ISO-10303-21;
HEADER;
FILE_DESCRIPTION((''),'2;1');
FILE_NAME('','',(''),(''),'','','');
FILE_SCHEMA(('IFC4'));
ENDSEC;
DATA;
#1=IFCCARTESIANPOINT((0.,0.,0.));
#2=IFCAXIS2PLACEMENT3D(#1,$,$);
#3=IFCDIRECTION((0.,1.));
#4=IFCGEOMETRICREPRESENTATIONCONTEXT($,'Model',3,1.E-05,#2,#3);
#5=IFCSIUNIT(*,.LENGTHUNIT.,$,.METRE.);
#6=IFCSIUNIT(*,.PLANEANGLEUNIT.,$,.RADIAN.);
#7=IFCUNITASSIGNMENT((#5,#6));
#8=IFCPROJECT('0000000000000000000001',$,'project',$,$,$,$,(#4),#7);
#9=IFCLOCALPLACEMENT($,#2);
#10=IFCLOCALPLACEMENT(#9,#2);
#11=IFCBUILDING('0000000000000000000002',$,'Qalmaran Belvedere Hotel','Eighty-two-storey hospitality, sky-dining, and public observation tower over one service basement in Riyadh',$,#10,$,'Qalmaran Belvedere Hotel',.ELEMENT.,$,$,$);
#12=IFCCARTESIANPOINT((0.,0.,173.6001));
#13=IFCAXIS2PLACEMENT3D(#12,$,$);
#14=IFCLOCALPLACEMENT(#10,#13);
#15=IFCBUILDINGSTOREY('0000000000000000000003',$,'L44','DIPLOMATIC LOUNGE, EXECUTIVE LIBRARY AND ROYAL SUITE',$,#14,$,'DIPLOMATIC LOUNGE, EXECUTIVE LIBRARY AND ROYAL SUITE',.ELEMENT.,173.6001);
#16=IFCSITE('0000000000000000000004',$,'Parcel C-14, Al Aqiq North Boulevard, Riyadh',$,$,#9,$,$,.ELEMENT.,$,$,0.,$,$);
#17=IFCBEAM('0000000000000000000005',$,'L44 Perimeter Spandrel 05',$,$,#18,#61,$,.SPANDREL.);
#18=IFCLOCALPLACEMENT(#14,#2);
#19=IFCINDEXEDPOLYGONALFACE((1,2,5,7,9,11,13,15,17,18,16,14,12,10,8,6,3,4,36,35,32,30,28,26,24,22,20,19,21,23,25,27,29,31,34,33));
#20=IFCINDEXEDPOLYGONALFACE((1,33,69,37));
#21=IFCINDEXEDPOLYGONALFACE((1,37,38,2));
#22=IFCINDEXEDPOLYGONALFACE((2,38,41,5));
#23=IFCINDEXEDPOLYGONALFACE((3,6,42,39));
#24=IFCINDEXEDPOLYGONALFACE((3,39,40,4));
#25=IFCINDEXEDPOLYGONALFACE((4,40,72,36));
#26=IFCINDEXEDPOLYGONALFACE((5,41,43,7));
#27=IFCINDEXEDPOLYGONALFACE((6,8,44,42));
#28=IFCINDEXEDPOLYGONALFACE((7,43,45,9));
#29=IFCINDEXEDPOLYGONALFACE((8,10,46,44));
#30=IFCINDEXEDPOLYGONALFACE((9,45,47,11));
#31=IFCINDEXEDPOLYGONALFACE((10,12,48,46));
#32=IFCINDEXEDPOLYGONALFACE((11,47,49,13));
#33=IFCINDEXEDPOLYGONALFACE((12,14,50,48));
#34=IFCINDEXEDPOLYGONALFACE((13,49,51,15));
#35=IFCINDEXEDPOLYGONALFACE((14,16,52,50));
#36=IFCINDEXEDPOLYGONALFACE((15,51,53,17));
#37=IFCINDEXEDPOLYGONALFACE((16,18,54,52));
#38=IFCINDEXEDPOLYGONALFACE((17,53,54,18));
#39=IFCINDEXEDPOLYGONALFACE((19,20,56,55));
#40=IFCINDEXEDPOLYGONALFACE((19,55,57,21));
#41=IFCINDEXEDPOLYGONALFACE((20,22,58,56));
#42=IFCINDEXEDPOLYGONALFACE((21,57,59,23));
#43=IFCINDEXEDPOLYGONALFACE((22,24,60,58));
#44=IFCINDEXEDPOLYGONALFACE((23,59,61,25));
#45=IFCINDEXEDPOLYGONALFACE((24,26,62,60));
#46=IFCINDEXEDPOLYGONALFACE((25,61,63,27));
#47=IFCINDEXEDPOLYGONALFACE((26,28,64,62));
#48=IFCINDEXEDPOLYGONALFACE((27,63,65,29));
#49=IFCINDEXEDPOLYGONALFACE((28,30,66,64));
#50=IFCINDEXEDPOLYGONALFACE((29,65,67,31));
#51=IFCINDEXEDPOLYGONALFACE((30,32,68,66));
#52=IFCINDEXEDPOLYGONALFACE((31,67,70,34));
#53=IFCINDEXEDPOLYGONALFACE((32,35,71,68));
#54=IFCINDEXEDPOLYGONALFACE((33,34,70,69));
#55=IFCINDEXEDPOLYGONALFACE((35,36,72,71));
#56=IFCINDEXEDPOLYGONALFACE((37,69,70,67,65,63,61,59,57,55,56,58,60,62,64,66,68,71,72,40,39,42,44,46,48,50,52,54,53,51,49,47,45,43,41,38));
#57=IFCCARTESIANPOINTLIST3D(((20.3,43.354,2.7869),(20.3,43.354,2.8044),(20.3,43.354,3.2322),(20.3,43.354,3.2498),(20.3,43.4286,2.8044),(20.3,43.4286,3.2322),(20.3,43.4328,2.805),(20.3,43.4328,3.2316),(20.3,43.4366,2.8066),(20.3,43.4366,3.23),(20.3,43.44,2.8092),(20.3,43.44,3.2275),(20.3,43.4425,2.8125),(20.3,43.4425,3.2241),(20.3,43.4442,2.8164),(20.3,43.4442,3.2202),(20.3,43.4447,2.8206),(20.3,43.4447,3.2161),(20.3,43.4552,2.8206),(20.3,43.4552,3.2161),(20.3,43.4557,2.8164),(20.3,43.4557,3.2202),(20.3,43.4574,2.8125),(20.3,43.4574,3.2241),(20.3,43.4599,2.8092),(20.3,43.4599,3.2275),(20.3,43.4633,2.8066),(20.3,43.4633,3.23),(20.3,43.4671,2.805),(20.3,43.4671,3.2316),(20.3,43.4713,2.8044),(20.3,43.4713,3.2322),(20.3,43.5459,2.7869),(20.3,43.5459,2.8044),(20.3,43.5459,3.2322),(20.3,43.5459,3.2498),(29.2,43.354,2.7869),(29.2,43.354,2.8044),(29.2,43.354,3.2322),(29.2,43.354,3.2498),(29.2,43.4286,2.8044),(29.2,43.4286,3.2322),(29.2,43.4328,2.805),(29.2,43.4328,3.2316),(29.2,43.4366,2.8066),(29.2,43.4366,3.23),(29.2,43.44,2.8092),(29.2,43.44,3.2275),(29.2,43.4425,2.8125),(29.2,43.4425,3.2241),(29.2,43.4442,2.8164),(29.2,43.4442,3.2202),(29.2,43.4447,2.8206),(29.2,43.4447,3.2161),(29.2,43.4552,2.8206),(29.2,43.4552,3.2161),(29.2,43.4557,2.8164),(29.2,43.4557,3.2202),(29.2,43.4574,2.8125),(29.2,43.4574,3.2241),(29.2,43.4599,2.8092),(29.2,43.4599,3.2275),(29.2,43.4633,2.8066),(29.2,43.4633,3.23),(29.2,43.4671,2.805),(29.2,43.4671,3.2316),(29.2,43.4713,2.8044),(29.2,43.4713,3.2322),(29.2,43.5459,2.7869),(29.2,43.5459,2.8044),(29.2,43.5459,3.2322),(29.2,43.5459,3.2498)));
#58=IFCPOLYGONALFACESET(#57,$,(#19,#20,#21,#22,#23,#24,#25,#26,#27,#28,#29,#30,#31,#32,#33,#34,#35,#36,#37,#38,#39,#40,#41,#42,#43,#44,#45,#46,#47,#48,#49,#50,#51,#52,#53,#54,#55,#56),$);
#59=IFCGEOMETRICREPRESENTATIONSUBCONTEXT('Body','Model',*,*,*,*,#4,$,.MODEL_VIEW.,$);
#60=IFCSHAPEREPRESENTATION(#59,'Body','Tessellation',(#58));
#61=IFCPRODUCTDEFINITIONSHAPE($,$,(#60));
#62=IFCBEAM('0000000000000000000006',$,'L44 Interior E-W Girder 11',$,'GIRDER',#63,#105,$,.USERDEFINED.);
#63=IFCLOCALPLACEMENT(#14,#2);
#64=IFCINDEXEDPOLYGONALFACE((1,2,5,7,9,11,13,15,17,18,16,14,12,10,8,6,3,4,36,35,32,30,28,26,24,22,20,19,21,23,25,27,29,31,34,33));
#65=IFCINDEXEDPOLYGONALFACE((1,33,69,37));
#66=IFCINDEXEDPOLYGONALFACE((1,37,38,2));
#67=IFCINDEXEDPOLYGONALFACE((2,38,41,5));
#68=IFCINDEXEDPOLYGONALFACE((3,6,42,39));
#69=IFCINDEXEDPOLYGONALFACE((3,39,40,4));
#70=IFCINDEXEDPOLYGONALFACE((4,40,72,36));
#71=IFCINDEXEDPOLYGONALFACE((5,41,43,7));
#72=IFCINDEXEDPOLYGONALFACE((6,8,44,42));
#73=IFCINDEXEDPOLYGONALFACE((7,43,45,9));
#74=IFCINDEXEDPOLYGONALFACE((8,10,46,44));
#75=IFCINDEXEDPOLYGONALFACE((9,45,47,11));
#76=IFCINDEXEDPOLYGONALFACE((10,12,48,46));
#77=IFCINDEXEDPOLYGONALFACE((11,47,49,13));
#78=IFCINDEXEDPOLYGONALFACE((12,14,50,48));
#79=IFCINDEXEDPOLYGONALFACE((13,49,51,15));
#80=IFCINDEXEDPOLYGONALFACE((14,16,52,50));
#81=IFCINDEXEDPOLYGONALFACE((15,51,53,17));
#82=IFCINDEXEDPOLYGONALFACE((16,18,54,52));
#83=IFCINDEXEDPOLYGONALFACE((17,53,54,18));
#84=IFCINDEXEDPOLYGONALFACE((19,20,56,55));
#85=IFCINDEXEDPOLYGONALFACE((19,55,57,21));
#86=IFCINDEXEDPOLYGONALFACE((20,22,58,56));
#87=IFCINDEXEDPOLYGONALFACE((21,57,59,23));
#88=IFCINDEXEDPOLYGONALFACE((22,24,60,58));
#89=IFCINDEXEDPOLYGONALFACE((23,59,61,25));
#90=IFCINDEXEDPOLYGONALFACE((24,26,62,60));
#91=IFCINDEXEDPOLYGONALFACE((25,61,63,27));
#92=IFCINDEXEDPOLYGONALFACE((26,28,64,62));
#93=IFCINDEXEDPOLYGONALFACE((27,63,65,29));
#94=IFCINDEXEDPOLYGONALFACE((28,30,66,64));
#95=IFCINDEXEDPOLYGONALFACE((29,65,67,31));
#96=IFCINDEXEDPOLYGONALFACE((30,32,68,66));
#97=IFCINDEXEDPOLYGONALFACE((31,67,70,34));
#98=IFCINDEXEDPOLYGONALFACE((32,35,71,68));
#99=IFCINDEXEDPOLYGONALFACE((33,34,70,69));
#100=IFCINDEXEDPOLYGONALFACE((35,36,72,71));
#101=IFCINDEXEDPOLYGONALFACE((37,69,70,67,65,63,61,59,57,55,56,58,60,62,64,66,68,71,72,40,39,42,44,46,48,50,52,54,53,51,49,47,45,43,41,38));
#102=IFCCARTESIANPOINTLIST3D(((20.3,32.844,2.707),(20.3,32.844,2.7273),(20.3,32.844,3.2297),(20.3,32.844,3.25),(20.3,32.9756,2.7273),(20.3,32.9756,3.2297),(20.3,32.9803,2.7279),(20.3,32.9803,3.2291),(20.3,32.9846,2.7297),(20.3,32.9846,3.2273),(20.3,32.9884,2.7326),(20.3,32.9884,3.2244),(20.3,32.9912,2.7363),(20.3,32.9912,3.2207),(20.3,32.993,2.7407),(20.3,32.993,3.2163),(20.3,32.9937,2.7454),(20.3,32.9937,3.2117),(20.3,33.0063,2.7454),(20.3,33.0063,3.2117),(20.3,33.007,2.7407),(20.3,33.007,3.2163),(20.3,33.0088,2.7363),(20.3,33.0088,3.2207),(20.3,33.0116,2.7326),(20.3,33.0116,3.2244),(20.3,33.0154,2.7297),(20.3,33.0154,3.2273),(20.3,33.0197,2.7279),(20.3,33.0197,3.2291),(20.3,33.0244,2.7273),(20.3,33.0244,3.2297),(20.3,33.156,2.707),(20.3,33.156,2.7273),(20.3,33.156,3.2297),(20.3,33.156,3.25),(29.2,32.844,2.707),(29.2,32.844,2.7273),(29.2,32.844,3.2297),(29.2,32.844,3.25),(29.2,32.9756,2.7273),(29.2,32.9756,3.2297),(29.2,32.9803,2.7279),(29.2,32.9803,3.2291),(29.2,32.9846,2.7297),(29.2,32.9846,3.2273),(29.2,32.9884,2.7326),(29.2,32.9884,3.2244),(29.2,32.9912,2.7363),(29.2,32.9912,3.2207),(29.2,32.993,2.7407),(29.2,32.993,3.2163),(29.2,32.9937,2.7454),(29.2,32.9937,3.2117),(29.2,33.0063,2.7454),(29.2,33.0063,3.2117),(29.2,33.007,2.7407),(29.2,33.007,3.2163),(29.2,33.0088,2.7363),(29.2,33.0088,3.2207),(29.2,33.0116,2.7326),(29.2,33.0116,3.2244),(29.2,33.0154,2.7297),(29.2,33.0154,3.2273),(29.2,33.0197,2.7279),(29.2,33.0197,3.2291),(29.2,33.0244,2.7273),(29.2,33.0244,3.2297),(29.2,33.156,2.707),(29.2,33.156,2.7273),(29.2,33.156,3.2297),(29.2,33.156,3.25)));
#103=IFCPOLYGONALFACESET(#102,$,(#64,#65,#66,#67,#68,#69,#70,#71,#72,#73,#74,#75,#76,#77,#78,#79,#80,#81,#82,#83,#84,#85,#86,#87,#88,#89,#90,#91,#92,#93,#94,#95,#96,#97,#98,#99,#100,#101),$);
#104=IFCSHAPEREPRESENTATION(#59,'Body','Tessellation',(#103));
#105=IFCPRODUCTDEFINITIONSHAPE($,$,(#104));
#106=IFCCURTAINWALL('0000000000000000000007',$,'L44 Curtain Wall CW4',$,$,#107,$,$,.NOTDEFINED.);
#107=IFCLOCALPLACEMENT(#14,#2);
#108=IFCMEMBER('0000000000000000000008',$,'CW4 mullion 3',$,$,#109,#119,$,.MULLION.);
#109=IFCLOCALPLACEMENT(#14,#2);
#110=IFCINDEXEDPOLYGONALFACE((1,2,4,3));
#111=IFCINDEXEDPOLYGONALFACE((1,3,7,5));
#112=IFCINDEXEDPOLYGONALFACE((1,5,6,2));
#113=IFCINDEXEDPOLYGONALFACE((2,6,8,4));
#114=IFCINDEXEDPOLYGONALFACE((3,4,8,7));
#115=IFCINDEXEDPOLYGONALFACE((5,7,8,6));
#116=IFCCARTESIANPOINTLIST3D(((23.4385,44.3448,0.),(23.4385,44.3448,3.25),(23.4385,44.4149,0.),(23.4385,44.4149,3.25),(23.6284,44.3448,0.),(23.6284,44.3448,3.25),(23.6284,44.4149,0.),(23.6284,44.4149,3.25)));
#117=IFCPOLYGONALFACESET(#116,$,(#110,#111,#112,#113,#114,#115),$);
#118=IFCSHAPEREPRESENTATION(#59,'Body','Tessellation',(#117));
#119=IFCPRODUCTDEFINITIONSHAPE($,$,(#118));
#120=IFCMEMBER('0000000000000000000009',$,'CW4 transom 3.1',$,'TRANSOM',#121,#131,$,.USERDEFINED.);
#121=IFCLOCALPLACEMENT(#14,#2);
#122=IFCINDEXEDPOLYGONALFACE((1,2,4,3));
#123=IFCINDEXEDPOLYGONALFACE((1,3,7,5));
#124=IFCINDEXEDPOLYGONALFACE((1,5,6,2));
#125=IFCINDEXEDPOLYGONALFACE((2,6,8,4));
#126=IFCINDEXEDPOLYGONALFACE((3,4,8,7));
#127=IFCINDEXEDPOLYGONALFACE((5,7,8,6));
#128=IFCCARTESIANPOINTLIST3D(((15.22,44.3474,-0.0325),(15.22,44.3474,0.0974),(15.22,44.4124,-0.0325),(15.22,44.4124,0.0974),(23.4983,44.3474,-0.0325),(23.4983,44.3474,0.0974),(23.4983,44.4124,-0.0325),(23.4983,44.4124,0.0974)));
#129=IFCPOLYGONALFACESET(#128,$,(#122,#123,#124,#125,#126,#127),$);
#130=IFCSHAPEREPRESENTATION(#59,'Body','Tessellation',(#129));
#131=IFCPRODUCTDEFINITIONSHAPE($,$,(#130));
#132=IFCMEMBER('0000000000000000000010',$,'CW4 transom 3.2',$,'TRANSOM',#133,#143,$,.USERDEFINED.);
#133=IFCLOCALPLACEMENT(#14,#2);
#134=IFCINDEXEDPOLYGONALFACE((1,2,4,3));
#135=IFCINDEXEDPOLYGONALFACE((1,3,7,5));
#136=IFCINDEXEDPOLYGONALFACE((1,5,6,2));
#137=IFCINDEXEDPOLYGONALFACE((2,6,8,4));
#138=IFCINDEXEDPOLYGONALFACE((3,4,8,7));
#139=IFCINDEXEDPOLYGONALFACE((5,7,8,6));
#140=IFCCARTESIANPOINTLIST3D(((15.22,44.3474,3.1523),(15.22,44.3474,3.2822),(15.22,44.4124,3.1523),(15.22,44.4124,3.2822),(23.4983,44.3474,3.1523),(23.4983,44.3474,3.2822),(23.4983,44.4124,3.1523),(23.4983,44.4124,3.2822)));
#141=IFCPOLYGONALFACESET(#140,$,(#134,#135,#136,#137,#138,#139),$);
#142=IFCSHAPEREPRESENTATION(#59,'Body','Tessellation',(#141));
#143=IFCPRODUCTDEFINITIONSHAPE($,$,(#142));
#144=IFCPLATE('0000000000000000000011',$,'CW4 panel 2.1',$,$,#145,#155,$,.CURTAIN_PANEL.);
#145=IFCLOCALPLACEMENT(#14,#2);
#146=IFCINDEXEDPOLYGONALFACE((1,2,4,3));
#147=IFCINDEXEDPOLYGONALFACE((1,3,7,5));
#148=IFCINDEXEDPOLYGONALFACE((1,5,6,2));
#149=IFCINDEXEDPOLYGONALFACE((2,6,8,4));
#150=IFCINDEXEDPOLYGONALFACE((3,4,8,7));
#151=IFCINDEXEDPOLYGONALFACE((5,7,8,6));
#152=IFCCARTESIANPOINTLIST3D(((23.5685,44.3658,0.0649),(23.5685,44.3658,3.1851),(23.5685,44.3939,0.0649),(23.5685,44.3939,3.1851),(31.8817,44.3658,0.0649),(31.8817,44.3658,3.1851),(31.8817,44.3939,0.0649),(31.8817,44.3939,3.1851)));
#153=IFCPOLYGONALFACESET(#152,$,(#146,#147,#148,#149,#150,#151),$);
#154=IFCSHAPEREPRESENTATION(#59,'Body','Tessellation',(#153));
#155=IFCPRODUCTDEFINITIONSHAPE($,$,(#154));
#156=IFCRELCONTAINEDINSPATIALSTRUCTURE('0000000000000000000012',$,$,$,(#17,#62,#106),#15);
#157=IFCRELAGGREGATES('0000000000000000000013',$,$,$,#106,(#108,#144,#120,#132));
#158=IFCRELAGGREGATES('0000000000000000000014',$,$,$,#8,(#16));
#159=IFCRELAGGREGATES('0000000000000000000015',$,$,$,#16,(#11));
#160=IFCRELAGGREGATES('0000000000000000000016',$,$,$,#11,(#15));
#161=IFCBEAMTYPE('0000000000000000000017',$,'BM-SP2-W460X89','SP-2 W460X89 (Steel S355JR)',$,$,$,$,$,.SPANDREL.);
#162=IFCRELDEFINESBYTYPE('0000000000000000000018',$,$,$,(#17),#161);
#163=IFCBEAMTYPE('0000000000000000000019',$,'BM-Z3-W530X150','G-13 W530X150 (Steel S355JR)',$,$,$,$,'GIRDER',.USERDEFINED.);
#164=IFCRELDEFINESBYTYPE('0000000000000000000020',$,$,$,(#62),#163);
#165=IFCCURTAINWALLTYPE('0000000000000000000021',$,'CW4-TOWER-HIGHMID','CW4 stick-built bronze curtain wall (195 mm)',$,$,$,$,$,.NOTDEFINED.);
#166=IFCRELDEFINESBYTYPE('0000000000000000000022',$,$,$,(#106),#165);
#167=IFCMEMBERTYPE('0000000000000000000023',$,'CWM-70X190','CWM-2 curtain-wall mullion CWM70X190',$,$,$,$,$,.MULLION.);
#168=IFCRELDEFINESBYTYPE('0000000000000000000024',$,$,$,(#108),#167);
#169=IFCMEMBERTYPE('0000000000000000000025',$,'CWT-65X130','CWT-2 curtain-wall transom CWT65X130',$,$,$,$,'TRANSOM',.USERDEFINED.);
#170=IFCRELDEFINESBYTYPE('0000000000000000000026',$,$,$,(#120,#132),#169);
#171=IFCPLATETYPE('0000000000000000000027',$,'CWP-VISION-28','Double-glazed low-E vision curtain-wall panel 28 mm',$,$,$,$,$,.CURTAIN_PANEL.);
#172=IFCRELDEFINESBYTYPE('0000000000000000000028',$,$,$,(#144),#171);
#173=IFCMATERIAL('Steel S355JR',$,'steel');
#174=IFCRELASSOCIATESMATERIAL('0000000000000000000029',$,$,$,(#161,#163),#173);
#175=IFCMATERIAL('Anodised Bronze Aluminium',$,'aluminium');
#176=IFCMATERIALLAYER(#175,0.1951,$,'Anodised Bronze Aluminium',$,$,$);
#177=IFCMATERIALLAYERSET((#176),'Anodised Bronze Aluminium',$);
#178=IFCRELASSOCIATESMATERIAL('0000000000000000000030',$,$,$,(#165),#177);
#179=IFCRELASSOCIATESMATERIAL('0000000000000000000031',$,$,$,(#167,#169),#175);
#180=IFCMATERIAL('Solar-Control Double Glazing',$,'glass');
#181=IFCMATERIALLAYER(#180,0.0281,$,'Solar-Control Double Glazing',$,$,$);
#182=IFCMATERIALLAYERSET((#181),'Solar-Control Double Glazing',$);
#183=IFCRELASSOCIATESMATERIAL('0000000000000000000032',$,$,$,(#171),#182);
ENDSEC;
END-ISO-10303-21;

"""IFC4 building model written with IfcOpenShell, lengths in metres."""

from ifc_helpers import new_model, si_unit, direction, frame, origin, origin_2d, place, context, subcontext, project, spatial, rectangle, i_section, extrude, material, layer, layer_set, material_profile, profile_set, type_object, element, aggregate, save


model = new_model("IFC4")

# Units and contexts
model_context = context("Model", 3, precision=1e-05, world=origin(), true_north=direction((0.0, 1.0)))
body_context = subcontext(model_context, "Body", "Model", "MODEL_VIEW")
ifc_project = project(units=[si_unit("LENGTHUNIT", "METRE"), si_unit("PLANEANGLEUNIT", "RADIAN")], contexts=[model_context])

# Site, building, storey
site_placement = place(None, origin())
site = spatial("IfcSite", under=ifc_project, at=site_placement, Name="Parcel C-14, Al Aqiq North Boulevard, Riyadh", CompositionType="ELEMENT", RefElevation=0.0)
building_placement = place(site_placement, origin())
building = spatial("IfcBuilding", under=site, at=building_placement, Name="Qalmaran Belvedere Hotel", Description="Eighty-two-storey hospitality, sky-dining, and public observation tower over one service basement in Riyadh", LongName="Qalmaran Belvedere Hotel", CompositionType="ELEMENT")
storey_placement = place(building_placement, frame((0.0, 0.0, 173.6001)))
storey = spatial("IfcBuildingStorey", under=building, at=storey_placement, Name="L44", Description="DIPLOMATIC LOUNGE, EXECUTIVE LIBRARY AND ROYAL SUITE", LongName="DIPLOMATIC LOUNGE, EXECUTIVE LIBRARY AND ROYAL SUITE", CompositionType="ELEMENT", Elevation=173.6001)

# Beams
ifc_material_1 = material(Name="Steel S355JR", Category="steel")
ifc_material_profile_1 = material_profile(ifc_material_1, i_section(OverallWidth=0.1919, OverallDepth=0.4629, WebThickness=0.0105, FlangeThickness=0.0176, FilletRadius=0.0161, at=origin_2d()), Name="W460X89")
ifc_profile_set_1 = profile_set([ifc_material_profile_1], Name="Steel S355JR")
beam_type_1 = type_object("IfcBeamType", Name="BM-SP2-W460X89", Description="SP-2 W460X89 (Steel S355JR)", PredefinedType="SPANDREL", material=ifc_profile_set_1)
beam_1_placement = place(storey_placement, frame((20.3, 43.45, 3.0183), z_axis=(1.0, 0.0, 0.0), x_axis=(0.0, 1.0, 0.0)))
element("IfcBeam", 1, at=beam_1_placement, inside=storey, type_object=beam_type_1, Name="L44 Perimeter Spandrel 05", PredefinedType="SPANDREL", context=body_context, shape_type="SweptSolid", body=[
    extrude(i_section(OverallWidth=0.1919, OverallDepth=0.4629, WebThickness=0.0105, FlangeThickness=0.0176, FilletRadius=0.0161, at=origin_2d()), origin(), (0.0, 0.0, 1.0), 8.8999),
])
ifc_material_profile_2 = material_profile(ifc_material_1, i_section(OverallWidth=0.312, OverallDepth=0.543, WebThickness=0.0127, FlangeThickness=0.0203, FilletRadius=0.0181, at=origin_2d()), Name="W530X150")
ifc_profile_set_2 = profile_set([ifc_material_profile_2], Name="Steel S355JR")
beam_type_2 = type_object("IfcBeamType", Name="BM-Z3-W530X150", Description="G-13 W530X150 (Steel S355JR)", ElementType="GIRDER", PredefinedType="USERDEFINED", material=ifc_profile_set_2)
beam_2_placement = place(storey_placement, frame((20.3, 33.0, 2.9785), z_axis=(1.0, 0.0, 0.0), x_axis=(0.0, 1.0, 0.0)))
element("IfcBeam", 2, at=beam_2_placement, inside=storey, type_object=beam_type_2, Name="L44 Interior E-W Girder 11", ObjectType="GIRDER", PredefinedType="USERDEFINED", context=body_context, shape_type="SweptSolid", body=[
    extrude(i_section(OverallWidth=0.312, OverallDepth=0.543, WebThickness=0.0127, FlangeThickness=0.0203, FilletRadius=0.0181, at=origin_2d()), origin(), (0.0, 0.0, 1.0), 8.8999),
])

# Curtain wall, members, plate
ifc_material_2 = material(Name="Anodised Bronze Aluminium", Category="aluminium")
ifc_layer_1 = layer(ifc_material_2, 0.1951, Name="Anodised Bronze Aluminium")
ifc_layer_set_1 = layer_set([ifc_layer_1], Name="Anodised Bronze Aluminium")
curtain_wall_type = type_object("IfcCurtainWallType", Name="CW4-TOWER-HIGHMID", Description="CW4 stick-built bronze curtain wall (195 mm)", PredefinedType="NOTDEFINED", material=ifc_layer_set_1)
curtain_wall_placement = place(storey_placement, origin())
curtain_wall = element("IfcCurtainWall", 3, at=curtain_wall_placement, inside=storey, type_object=curtain_wall_type, Name="L44 Curtain Wall CW4", PredefinedType="NOTDEFINED")
ifc_material_profile_3 = material_profile(ifc_material_2, rectangle(XDim=0.0701, YDim=0.1899, at=origin_2d()), Name="CWM70X190")
ifc_profile_set_3 = profile_set([ifc_material_profile_3], Name="Anodised Bronze Aluminium")
member_type_1 = type_object("IfcMemberType", Name="CWM-70X190", Description="CWM-2 curtain-wall mullion CWM70X190", PredefinedType="MULLION", material=ifc_profile_set_3)
member_1_placement = place(storey_placement, frame((23.5334, 44.3799, 0.0), z_axis=(0.0, 0.0, 1.0), x_axis=(0.0, -1.0, 0.0)))
member_1 = element("IfcMember", 4, at=member_1_placement, type_object=member_type_1, Name="CW4 mullion 3", PredefinedType="MULLION", context=body_context, shape_type="SweptSolid", body=[
    extrude(rectangle(XDim=0.0701, YDim=0.1899, at=origin_2d()), origin(), (0.0, 0.0, 1.0), 3.25),
])
ifc_material_profile_4 = material_profile(ifc_material_2, rectangle(XDim=0.0649, YDim=0.1299, at=origin_2d()), Name="CWT65X130")
ifc_profile_set_4 = profile_set([ifc_material_profile_4], Name="Anodised Bronze Aluminium")
member_type_2 = type_object("IfcMemberType", Name="CWT-65X130", Description="CWT-2 curtain-wall transom CWT65X130", ElementType="TRANSOM", PredefinedType="USERDEFINED", material=ifc_profile_set_4)
member_2_placement = place(storey_placement, frame((23.4983, 44.3799, 0.0325), z_axis=(-1.0, 0.0, 0.0), x_axis=(0.0, -1.0, 0.0)))
member_2 = element("IfcMember", 5, at=member_2_placement, type_object=member_type_2, Name="CW4 transom 3.1", ObjectType="TRANSOM", PredefinedType="USERDEFINED", context=body_context, shape_type="SweptSolid", body=[
    extrude(rectangle(XDim=0.0649, YDim=0.1299, at=origin_2d()), origin(), (0.0, 0.0, 1.0), 8.2783),
])
member_3_placement = place(storey_placement, frame((23.4983, 44.3799, 3.2173), z_axis=(-1.0, 0.0, 0.0), x_axis=(0.0, -1.0, 0.0)))
member_3 = element("IfcMember", 6, at=member_3_placement, type_object=member_type_2, Name="CW4 transom 3.2", ObjectType="TRANSOM", PredefinedType="USERDEFINED", context=body_context, shape_type="SweptSolid", body=[
    extrude(rectangle(XDim=0.0649, YDim=0.1299, at=origin_2d()), origin(), (0.0, 0.0, 1.0), 8.2783),
])
ifc_material_3 = material(Name="Solar-Control Double Glazing", Category="glass")
ifc_layer_2 = layer(ifc_material_3, 0.0281, Name="Solar-Control Double Glazing")
ifc_layer_set_2 = layer_set([ifc_layer_2], Name="Solar-Control Double Glazing")
plate_type = type_object("IfcPlateType", Name="CWP-VISION-28", Description="Double-glazed low-E vision curtain-wall panel 28 mm", PredefinedType="CURTAIN_PANEL", material=ifc_layer_set_2)
plate_placement = place(storey_placement, frame((27.7251, 44.3799, 0.0649), z_axis=(0.0, 0.0, 1.0), x_axis=(-1.0, 0.0, 0.0)))
plate = element("IfcPlate", 7, at=plate_placement, type_object=plate_type, Name="CW4 panel 2.1", PredefinedType="CURTAIN_PANEL", context=body_context, shape_type="SweptSolid", body=[
    extrude(rectangle(XDim=8.3132, YDim=0.0281, at=origin_2d()), origin(), (0.0, 0.0, 1.0), 3.1201),
])
aggregate(curtain_wall, [member_1, plate, member_2, member_3])

save(model, "model.ifc")
